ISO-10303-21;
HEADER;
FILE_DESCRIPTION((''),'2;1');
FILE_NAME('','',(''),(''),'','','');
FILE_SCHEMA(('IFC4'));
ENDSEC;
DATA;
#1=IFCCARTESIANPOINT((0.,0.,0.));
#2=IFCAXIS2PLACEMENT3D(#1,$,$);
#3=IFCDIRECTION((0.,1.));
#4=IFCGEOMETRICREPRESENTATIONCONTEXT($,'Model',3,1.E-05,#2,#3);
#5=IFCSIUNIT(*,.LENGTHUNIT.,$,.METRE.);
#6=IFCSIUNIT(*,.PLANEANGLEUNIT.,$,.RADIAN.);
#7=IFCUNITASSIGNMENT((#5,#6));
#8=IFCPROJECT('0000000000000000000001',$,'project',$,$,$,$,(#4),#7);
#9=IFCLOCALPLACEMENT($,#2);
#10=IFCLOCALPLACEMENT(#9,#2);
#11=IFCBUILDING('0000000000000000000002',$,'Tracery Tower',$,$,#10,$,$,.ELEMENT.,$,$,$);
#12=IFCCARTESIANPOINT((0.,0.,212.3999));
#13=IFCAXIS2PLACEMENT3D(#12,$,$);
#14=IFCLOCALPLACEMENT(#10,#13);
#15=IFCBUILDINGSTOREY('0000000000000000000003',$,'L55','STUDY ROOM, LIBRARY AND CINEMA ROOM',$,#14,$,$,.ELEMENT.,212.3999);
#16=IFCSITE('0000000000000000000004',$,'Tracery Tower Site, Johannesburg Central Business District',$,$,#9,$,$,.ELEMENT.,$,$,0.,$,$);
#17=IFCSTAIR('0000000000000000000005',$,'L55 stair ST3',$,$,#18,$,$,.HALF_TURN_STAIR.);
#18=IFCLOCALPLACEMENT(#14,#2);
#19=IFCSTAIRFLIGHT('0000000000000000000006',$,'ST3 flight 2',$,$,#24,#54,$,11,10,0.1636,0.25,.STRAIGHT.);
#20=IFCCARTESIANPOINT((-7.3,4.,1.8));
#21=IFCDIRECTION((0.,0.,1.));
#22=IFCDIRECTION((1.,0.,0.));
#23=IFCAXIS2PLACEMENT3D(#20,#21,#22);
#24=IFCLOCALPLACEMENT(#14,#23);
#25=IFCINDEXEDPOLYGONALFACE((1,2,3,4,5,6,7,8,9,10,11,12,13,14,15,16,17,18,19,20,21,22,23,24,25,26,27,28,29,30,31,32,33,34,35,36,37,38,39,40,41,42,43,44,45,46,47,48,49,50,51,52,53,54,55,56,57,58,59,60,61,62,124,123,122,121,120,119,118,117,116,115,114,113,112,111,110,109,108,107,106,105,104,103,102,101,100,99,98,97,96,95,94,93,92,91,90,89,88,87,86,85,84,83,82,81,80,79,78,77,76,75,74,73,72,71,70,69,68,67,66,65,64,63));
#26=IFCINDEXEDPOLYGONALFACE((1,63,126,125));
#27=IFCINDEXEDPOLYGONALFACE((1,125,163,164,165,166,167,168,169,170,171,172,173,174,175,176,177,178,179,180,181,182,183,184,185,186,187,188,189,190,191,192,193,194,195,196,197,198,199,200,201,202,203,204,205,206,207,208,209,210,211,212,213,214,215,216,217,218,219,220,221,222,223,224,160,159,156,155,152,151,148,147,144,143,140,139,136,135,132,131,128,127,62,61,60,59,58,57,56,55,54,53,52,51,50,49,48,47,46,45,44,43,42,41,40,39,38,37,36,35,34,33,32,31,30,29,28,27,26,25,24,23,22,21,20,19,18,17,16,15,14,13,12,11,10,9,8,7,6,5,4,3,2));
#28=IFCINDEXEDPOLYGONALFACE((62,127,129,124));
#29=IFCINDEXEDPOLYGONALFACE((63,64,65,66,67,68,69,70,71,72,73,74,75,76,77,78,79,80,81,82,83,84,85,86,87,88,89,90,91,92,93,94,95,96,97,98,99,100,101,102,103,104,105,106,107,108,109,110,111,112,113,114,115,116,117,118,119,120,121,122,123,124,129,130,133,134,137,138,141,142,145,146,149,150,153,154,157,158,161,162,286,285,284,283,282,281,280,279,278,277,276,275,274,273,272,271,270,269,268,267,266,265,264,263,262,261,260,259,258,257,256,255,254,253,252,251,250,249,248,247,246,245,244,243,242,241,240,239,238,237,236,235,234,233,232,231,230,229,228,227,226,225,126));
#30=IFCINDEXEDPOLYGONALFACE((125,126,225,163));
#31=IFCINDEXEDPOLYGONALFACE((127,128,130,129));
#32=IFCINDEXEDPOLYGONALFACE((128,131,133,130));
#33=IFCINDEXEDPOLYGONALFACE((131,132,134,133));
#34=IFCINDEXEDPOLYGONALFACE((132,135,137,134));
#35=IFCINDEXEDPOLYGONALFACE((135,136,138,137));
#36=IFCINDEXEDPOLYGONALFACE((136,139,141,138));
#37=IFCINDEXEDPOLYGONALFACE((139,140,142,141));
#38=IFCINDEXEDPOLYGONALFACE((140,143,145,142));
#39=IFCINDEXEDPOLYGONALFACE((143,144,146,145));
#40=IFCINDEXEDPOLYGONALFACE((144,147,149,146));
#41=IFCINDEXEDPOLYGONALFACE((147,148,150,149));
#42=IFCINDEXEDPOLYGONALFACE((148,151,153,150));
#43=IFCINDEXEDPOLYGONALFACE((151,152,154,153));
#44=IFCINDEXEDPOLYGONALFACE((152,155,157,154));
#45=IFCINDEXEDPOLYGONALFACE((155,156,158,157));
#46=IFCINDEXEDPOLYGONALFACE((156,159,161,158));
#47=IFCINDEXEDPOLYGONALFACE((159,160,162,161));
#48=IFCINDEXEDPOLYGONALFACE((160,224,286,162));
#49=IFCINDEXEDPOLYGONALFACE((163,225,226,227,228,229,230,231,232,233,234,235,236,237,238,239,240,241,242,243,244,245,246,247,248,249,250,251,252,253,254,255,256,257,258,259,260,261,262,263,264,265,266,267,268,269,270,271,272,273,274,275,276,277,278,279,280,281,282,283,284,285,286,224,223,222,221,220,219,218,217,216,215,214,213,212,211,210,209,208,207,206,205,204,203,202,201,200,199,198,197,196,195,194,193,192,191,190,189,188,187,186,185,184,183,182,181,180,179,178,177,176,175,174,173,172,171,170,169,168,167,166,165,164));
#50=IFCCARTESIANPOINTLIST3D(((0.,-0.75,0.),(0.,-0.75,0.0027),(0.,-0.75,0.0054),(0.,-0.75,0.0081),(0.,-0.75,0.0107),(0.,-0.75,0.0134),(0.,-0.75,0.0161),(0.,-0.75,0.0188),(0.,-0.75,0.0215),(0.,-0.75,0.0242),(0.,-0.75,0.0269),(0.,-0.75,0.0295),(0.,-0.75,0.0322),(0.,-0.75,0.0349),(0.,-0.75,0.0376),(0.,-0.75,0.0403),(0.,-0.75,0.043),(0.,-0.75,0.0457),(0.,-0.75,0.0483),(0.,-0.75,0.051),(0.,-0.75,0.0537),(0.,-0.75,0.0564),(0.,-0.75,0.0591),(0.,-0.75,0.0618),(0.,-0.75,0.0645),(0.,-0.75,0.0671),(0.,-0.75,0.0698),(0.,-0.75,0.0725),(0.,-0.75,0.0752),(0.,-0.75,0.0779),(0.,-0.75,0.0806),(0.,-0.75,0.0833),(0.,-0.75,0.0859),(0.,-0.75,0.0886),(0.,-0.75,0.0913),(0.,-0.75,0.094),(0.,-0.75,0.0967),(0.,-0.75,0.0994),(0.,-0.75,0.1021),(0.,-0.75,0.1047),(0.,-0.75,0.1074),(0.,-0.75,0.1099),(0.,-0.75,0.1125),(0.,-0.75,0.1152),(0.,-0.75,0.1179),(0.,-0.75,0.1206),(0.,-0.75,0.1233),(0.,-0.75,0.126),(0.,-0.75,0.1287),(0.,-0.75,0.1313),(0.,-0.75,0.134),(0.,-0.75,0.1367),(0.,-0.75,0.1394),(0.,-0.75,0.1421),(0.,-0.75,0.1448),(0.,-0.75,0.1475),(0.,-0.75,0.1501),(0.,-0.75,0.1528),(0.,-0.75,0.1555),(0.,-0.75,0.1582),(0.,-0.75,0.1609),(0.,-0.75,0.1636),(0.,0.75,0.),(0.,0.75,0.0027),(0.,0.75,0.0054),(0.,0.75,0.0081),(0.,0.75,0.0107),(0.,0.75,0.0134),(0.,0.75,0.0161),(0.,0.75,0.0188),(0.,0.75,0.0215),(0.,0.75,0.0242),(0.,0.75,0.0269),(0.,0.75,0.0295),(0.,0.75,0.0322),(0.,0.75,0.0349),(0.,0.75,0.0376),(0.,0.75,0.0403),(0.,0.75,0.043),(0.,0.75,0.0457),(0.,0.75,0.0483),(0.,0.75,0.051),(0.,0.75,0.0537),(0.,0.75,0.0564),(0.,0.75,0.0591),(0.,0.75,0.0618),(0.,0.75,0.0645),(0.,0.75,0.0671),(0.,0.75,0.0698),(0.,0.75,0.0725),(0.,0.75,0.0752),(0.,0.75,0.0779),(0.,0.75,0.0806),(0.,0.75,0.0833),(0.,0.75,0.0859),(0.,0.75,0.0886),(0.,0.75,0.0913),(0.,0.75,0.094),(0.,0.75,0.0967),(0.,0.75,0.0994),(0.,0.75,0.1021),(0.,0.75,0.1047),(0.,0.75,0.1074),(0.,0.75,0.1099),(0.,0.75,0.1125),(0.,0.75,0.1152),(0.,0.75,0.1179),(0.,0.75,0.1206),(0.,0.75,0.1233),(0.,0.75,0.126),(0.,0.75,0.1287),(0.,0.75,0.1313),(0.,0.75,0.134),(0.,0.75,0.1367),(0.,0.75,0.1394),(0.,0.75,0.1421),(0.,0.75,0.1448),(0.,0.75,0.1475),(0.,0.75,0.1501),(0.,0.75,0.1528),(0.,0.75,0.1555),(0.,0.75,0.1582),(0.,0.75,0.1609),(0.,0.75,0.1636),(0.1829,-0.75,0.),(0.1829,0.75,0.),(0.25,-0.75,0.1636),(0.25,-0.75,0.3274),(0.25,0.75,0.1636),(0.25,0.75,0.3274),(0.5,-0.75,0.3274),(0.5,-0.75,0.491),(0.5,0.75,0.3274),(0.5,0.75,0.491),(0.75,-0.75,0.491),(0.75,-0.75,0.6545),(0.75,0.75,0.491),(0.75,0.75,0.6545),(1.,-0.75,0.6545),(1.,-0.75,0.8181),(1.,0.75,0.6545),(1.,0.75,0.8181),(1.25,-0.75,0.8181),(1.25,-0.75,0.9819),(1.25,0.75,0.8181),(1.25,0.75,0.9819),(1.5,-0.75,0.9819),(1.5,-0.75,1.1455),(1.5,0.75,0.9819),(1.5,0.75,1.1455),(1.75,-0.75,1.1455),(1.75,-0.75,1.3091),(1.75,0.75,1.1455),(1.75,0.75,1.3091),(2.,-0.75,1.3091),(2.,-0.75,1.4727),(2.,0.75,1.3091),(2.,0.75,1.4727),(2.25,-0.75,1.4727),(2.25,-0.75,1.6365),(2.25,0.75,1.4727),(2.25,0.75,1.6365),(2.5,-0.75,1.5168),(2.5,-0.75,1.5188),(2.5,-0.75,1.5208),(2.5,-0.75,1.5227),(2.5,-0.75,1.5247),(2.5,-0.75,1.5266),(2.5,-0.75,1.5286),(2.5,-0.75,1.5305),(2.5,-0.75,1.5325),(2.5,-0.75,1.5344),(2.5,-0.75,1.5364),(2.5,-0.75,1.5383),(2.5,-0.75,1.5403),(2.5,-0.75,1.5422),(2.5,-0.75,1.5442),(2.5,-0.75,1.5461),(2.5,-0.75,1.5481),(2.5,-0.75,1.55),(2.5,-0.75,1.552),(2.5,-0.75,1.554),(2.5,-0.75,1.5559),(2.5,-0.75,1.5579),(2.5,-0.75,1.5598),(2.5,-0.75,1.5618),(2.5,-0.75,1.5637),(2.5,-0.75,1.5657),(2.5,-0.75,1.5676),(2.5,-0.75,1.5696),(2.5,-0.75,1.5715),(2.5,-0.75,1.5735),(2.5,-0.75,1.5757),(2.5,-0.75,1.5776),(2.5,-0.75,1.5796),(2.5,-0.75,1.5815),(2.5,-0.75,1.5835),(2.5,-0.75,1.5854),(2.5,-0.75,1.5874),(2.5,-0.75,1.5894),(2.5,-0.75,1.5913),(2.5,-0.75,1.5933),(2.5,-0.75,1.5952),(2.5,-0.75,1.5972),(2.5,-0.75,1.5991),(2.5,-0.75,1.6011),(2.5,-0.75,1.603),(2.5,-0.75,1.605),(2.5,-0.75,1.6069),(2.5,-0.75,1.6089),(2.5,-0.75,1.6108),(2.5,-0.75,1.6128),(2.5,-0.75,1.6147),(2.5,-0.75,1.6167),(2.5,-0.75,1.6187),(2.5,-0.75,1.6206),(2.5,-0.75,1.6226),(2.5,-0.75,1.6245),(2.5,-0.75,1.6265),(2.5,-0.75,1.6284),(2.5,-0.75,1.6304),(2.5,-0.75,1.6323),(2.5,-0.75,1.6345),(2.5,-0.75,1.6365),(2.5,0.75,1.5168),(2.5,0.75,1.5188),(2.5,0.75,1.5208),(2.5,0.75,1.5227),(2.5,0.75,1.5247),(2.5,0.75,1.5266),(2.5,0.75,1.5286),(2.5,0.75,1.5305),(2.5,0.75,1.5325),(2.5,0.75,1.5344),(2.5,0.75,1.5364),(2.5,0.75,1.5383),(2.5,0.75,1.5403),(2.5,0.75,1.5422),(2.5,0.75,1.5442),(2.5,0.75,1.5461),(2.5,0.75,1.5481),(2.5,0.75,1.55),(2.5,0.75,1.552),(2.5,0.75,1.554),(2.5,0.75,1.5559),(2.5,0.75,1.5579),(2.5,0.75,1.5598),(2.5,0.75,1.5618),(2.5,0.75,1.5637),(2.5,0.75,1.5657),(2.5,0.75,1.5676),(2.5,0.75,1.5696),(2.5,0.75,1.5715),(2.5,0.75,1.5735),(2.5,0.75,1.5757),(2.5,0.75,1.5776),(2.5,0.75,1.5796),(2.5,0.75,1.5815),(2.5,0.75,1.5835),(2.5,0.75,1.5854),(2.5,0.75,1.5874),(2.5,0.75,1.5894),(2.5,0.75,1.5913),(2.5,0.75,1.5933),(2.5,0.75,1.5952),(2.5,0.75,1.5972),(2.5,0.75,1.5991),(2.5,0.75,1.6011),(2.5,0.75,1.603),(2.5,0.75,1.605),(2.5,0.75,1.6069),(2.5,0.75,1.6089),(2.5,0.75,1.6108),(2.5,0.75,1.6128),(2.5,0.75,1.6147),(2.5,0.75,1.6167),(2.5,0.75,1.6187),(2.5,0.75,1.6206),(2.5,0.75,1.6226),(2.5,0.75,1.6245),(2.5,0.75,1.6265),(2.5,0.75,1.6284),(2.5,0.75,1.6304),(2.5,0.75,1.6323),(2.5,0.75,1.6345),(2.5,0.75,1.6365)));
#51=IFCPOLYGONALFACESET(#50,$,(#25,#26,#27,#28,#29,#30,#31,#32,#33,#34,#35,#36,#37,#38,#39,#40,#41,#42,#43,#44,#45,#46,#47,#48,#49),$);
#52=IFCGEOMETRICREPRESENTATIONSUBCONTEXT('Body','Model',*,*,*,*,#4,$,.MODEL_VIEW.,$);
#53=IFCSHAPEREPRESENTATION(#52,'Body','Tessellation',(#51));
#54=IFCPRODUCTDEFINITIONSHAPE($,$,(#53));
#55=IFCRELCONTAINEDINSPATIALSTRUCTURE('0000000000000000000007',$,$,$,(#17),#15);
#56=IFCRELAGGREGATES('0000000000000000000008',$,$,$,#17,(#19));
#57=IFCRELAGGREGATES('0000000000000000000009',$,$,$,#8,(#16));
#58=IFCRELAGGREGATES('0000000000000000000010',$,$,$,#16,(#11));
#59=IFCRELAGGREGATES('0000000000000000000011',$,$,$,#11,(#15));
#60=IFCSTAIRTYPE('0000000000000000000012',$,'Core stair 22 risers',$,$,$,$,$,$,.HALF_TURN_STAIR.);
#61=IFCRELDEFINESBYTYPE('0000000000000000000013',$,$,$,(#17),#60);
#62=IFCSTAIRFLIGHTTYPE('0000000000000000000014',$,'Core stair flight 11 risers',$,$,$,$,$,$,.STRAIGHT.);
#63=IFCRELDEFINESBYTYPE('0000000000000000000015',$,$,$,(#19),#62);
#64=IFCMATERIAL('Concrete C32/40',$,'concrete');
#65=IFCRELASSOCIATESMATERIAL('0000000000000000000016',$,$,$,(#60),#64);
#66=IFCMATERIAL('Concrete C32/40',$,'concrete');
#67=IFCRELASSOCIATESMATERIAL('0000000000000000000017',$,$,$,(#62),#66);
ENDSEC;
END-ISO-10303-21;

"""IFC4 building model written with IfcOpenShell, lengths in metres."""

from ifc_helpers import new_model, si_unit, direction, frame, origin, place, context, subcontext, project, spatial, polyline, outline, extrude, material, type_object, element, aggregate, save


model = new_model("IFC4")

# Units and contexts
model_context = context("Model", 3, precision=1e-05, world=origin(), true_north=direction((0.0, 1.0)))
body_context = subcontext(model_context, "Body", "Model", "MODEL_VIEW")
ifc_project = project(units=[si_unit("LENGTHUNIT", "METRE"), si_unit("PLANEANGLEUNIT", "RADIAN")], contexts=[model_context])

# Site, building, storey
site_placement = place(None, origin())
site = spatial("IfcSite", under=ifc_project, at=site_placement, Name="Tracery Tower Site, Johannesburg Central Business District", CompositionType="ELEMENT", RefElevation=0.0)
building_placement = place(site_placement, origin())
building = spatial("IfcBuilding", under=site, at=building_placement, Name="Tracery Tower", CompositionType="ELEMENT")
storey_placement = place(building_placement, frame((0.0, 0.0, 212.3999)))
storey = spatial("IfcBuildingStorey", under=building, at=storey_placement, Name="L55", Description="STUDY ROOM, LIBRARY AND CINEMA ROOM", CompositionType="ELEMENT", Elevation=212.3999)

# Stair
ifc_material_1 = material(Name="Concrete C32/40", Category="concrete")
stair_type = type_object("IfcStairType", Name="Core stair 22 risers", PredefinedType="HALF_TURN_STAIR", material=ifc_material_1)
stair_1_placement = place(storey_placement, origin())
stair_1 = element("IfcStair", 1, at=stair_1_placement, inside=storey, type_object=stair_type, Name="L55 stair ST3", PredefinedType="HALF_TURN_STAIR")

# Stair flight
ifc_material_2 = material(Name="Concrete C32/40", Category="concrete")
stair_flight_type = type_object("IfcStairFlightType", Name="Core stair flight 11 risers", PredefinedType="STRAIGHT", material=ifc_material_2)
stair_flight_1_placement = place(storey_placement, frame((-7.3, 4.0, 1.8), z_axis=(0.0, 0.0, 1.0), x_axis=(1.0, 0.0, 0.0)))
stair_flight_1 = element("IfcStairFlight", 2, at=stair_flight_1_placement, type_object=stair_flight_type, Name="ST3 flight 2", NumberOfRisers=11, NumberOfTreads=10, PredefinedType="STRAIGHT", RiserHeight=0.1636, TreadLength=0.25, context=body_context, shape_type="SweptSolid", body=[
    extrude(outline(polyline([(0.0, 0.0), (0.0, 0.0027), (0.0, 0.0054), (0.0, 0.0081), (0.0, 0.0107), (0.0, 0.0134), (0.0, 0.0161), (0.0, 0.0188), (0.0, 0.0215), (0.0, 0.0242), (0.0, 0.0269), (0.0, 0.0295), (0.0, 0.0322), (0.0, 0.0349), (0.0, 0.0376), (0.0, 0.0403), (0.0, 0.043), (0.0, 0.0457), (0.0, 0.0483), (0.0, 0.051), (0.0, 0.0537), (0.0, 0.0564), (0.0, 0.0591), (0.0, 0.0618), (0.0, 0.0645), (0.0, 0.0671), (0.0, 0.0698), (0.0, 0.0725), (0.0, 0.0752), (0.0, 0.0779), (0.0, 0.0806), (0.0, 0.0833), (0.0, 0.0859), (0.0, 0.0886), (0.0, 0.0913), (0.0, 0.094), (0.0, 0.0967), (0.0, 0.0994), (0.0, 0.1021), (0.0, 0.1047), (0.0, 0.1074), (0.0, 0.1099), (0.0, 0.1125), (0.0, 0.1152), (0.0, 0.1179), (0.0, 0.1206), (0.0, 0.1233), (0.0, 0.126), (0.0, 0.1287), (0.0, 0.1313), (0.0, 0.134), (0.0, 0.1367), (0.0, 0.1394), (0.0, 0.1421), (0.0, 0.1448), (0.0, 0.1475), (0.0, 0.1501), (0.0, 0.1528), (0.0, 0.1555), (0.0, 0.1582), (0.0, 0.1609), (0.0, 0.1636), (0.25, 0.1636), (0.25, 0.3274), (0.5, 0.3274), (0.5, 0.491), (0.75, 0.491), (0.75, 0.6545), (1.0, 0.6545), (1.0, 0.8181), (1.25, 0.8181), (1.25, 0.9819), (1.5, 0.9819), (1.5, 1.1455), (1.75, 1.1455), (1.75, 1.3091), (2.0, 1.3091), (2.0, 1.4727), (2.25, 1.4727), (2.25, 1.6365), (2.5, 1.6365), (2.5, 1.6345), (2.5, 1.6323), (2.5, 1.6304), (2.5, 1.6284), (2.5, 1.6265), (2.5, 1.6245), (2.5, 1.6226), (2.5, 1.6206), (2.5, 1.6187), (2.5, 1.6167), (2.5, 1.6147), (2.5, 1.6128), (2.5, 1.6108), (2.5, 1.6089), (2.5, 1.6069), (2.5, 1.605), (2.5, 1.603), (2.5, 1.6011), (2.5, 1.5991), (2.5, 1.5972), (2.5, 1.5952), (2.5, 1.5933), (2.5, 1.5913), (2.5, 1.5894), (2.5, 1.5874), (2.5, 1.5854), (2.5, 1.5835), (2.5, 1.5815), (2.5, 1.5796), (2.5, 1.5776), (2.5, 1.5757), (2.5, 1.5735), (2.5, 1.5715), (2.5, 1.5696), (2.5, 1.5676), (2.5, 1.5657), (2.5, 1.5637), (2.5, 1.5618), (2.5, 1.5598), (2.5, 1.5579), (2.5, 1.5559), (2.5, 1.554), (2.5, 1.552), (2.5, 1.55), (2.5, 1.5481), (2.5, 1.5461), (2.5, 1.5442), (2.5, 1.5422), (2.5, 1.5403), (2.5, 1.5383), (2.5, 1.5364), (2.5, 1.5344), (2.5, 1.5325), (2.5, 1.5305), (2.5, 1.5286), (2.5, 1.5266), (2.5, 1.5247), (2.5, 1.5227), (2.5, 1.5208), (2.5, 1.5188), (2.5, 1.5168), (0.1829, 0.0), (0.0, 0.0)])), frame((0.0, 0.75, 0.0), z_axis=(0.0, -1.0, 0.0), x_axis=(1.0, 0.0, 0.0)), (0.0, 0.0, 1.0), 1.5),
])
aggregate(stair_1, [stair_flight_1])

save(model, "model.ifc")
